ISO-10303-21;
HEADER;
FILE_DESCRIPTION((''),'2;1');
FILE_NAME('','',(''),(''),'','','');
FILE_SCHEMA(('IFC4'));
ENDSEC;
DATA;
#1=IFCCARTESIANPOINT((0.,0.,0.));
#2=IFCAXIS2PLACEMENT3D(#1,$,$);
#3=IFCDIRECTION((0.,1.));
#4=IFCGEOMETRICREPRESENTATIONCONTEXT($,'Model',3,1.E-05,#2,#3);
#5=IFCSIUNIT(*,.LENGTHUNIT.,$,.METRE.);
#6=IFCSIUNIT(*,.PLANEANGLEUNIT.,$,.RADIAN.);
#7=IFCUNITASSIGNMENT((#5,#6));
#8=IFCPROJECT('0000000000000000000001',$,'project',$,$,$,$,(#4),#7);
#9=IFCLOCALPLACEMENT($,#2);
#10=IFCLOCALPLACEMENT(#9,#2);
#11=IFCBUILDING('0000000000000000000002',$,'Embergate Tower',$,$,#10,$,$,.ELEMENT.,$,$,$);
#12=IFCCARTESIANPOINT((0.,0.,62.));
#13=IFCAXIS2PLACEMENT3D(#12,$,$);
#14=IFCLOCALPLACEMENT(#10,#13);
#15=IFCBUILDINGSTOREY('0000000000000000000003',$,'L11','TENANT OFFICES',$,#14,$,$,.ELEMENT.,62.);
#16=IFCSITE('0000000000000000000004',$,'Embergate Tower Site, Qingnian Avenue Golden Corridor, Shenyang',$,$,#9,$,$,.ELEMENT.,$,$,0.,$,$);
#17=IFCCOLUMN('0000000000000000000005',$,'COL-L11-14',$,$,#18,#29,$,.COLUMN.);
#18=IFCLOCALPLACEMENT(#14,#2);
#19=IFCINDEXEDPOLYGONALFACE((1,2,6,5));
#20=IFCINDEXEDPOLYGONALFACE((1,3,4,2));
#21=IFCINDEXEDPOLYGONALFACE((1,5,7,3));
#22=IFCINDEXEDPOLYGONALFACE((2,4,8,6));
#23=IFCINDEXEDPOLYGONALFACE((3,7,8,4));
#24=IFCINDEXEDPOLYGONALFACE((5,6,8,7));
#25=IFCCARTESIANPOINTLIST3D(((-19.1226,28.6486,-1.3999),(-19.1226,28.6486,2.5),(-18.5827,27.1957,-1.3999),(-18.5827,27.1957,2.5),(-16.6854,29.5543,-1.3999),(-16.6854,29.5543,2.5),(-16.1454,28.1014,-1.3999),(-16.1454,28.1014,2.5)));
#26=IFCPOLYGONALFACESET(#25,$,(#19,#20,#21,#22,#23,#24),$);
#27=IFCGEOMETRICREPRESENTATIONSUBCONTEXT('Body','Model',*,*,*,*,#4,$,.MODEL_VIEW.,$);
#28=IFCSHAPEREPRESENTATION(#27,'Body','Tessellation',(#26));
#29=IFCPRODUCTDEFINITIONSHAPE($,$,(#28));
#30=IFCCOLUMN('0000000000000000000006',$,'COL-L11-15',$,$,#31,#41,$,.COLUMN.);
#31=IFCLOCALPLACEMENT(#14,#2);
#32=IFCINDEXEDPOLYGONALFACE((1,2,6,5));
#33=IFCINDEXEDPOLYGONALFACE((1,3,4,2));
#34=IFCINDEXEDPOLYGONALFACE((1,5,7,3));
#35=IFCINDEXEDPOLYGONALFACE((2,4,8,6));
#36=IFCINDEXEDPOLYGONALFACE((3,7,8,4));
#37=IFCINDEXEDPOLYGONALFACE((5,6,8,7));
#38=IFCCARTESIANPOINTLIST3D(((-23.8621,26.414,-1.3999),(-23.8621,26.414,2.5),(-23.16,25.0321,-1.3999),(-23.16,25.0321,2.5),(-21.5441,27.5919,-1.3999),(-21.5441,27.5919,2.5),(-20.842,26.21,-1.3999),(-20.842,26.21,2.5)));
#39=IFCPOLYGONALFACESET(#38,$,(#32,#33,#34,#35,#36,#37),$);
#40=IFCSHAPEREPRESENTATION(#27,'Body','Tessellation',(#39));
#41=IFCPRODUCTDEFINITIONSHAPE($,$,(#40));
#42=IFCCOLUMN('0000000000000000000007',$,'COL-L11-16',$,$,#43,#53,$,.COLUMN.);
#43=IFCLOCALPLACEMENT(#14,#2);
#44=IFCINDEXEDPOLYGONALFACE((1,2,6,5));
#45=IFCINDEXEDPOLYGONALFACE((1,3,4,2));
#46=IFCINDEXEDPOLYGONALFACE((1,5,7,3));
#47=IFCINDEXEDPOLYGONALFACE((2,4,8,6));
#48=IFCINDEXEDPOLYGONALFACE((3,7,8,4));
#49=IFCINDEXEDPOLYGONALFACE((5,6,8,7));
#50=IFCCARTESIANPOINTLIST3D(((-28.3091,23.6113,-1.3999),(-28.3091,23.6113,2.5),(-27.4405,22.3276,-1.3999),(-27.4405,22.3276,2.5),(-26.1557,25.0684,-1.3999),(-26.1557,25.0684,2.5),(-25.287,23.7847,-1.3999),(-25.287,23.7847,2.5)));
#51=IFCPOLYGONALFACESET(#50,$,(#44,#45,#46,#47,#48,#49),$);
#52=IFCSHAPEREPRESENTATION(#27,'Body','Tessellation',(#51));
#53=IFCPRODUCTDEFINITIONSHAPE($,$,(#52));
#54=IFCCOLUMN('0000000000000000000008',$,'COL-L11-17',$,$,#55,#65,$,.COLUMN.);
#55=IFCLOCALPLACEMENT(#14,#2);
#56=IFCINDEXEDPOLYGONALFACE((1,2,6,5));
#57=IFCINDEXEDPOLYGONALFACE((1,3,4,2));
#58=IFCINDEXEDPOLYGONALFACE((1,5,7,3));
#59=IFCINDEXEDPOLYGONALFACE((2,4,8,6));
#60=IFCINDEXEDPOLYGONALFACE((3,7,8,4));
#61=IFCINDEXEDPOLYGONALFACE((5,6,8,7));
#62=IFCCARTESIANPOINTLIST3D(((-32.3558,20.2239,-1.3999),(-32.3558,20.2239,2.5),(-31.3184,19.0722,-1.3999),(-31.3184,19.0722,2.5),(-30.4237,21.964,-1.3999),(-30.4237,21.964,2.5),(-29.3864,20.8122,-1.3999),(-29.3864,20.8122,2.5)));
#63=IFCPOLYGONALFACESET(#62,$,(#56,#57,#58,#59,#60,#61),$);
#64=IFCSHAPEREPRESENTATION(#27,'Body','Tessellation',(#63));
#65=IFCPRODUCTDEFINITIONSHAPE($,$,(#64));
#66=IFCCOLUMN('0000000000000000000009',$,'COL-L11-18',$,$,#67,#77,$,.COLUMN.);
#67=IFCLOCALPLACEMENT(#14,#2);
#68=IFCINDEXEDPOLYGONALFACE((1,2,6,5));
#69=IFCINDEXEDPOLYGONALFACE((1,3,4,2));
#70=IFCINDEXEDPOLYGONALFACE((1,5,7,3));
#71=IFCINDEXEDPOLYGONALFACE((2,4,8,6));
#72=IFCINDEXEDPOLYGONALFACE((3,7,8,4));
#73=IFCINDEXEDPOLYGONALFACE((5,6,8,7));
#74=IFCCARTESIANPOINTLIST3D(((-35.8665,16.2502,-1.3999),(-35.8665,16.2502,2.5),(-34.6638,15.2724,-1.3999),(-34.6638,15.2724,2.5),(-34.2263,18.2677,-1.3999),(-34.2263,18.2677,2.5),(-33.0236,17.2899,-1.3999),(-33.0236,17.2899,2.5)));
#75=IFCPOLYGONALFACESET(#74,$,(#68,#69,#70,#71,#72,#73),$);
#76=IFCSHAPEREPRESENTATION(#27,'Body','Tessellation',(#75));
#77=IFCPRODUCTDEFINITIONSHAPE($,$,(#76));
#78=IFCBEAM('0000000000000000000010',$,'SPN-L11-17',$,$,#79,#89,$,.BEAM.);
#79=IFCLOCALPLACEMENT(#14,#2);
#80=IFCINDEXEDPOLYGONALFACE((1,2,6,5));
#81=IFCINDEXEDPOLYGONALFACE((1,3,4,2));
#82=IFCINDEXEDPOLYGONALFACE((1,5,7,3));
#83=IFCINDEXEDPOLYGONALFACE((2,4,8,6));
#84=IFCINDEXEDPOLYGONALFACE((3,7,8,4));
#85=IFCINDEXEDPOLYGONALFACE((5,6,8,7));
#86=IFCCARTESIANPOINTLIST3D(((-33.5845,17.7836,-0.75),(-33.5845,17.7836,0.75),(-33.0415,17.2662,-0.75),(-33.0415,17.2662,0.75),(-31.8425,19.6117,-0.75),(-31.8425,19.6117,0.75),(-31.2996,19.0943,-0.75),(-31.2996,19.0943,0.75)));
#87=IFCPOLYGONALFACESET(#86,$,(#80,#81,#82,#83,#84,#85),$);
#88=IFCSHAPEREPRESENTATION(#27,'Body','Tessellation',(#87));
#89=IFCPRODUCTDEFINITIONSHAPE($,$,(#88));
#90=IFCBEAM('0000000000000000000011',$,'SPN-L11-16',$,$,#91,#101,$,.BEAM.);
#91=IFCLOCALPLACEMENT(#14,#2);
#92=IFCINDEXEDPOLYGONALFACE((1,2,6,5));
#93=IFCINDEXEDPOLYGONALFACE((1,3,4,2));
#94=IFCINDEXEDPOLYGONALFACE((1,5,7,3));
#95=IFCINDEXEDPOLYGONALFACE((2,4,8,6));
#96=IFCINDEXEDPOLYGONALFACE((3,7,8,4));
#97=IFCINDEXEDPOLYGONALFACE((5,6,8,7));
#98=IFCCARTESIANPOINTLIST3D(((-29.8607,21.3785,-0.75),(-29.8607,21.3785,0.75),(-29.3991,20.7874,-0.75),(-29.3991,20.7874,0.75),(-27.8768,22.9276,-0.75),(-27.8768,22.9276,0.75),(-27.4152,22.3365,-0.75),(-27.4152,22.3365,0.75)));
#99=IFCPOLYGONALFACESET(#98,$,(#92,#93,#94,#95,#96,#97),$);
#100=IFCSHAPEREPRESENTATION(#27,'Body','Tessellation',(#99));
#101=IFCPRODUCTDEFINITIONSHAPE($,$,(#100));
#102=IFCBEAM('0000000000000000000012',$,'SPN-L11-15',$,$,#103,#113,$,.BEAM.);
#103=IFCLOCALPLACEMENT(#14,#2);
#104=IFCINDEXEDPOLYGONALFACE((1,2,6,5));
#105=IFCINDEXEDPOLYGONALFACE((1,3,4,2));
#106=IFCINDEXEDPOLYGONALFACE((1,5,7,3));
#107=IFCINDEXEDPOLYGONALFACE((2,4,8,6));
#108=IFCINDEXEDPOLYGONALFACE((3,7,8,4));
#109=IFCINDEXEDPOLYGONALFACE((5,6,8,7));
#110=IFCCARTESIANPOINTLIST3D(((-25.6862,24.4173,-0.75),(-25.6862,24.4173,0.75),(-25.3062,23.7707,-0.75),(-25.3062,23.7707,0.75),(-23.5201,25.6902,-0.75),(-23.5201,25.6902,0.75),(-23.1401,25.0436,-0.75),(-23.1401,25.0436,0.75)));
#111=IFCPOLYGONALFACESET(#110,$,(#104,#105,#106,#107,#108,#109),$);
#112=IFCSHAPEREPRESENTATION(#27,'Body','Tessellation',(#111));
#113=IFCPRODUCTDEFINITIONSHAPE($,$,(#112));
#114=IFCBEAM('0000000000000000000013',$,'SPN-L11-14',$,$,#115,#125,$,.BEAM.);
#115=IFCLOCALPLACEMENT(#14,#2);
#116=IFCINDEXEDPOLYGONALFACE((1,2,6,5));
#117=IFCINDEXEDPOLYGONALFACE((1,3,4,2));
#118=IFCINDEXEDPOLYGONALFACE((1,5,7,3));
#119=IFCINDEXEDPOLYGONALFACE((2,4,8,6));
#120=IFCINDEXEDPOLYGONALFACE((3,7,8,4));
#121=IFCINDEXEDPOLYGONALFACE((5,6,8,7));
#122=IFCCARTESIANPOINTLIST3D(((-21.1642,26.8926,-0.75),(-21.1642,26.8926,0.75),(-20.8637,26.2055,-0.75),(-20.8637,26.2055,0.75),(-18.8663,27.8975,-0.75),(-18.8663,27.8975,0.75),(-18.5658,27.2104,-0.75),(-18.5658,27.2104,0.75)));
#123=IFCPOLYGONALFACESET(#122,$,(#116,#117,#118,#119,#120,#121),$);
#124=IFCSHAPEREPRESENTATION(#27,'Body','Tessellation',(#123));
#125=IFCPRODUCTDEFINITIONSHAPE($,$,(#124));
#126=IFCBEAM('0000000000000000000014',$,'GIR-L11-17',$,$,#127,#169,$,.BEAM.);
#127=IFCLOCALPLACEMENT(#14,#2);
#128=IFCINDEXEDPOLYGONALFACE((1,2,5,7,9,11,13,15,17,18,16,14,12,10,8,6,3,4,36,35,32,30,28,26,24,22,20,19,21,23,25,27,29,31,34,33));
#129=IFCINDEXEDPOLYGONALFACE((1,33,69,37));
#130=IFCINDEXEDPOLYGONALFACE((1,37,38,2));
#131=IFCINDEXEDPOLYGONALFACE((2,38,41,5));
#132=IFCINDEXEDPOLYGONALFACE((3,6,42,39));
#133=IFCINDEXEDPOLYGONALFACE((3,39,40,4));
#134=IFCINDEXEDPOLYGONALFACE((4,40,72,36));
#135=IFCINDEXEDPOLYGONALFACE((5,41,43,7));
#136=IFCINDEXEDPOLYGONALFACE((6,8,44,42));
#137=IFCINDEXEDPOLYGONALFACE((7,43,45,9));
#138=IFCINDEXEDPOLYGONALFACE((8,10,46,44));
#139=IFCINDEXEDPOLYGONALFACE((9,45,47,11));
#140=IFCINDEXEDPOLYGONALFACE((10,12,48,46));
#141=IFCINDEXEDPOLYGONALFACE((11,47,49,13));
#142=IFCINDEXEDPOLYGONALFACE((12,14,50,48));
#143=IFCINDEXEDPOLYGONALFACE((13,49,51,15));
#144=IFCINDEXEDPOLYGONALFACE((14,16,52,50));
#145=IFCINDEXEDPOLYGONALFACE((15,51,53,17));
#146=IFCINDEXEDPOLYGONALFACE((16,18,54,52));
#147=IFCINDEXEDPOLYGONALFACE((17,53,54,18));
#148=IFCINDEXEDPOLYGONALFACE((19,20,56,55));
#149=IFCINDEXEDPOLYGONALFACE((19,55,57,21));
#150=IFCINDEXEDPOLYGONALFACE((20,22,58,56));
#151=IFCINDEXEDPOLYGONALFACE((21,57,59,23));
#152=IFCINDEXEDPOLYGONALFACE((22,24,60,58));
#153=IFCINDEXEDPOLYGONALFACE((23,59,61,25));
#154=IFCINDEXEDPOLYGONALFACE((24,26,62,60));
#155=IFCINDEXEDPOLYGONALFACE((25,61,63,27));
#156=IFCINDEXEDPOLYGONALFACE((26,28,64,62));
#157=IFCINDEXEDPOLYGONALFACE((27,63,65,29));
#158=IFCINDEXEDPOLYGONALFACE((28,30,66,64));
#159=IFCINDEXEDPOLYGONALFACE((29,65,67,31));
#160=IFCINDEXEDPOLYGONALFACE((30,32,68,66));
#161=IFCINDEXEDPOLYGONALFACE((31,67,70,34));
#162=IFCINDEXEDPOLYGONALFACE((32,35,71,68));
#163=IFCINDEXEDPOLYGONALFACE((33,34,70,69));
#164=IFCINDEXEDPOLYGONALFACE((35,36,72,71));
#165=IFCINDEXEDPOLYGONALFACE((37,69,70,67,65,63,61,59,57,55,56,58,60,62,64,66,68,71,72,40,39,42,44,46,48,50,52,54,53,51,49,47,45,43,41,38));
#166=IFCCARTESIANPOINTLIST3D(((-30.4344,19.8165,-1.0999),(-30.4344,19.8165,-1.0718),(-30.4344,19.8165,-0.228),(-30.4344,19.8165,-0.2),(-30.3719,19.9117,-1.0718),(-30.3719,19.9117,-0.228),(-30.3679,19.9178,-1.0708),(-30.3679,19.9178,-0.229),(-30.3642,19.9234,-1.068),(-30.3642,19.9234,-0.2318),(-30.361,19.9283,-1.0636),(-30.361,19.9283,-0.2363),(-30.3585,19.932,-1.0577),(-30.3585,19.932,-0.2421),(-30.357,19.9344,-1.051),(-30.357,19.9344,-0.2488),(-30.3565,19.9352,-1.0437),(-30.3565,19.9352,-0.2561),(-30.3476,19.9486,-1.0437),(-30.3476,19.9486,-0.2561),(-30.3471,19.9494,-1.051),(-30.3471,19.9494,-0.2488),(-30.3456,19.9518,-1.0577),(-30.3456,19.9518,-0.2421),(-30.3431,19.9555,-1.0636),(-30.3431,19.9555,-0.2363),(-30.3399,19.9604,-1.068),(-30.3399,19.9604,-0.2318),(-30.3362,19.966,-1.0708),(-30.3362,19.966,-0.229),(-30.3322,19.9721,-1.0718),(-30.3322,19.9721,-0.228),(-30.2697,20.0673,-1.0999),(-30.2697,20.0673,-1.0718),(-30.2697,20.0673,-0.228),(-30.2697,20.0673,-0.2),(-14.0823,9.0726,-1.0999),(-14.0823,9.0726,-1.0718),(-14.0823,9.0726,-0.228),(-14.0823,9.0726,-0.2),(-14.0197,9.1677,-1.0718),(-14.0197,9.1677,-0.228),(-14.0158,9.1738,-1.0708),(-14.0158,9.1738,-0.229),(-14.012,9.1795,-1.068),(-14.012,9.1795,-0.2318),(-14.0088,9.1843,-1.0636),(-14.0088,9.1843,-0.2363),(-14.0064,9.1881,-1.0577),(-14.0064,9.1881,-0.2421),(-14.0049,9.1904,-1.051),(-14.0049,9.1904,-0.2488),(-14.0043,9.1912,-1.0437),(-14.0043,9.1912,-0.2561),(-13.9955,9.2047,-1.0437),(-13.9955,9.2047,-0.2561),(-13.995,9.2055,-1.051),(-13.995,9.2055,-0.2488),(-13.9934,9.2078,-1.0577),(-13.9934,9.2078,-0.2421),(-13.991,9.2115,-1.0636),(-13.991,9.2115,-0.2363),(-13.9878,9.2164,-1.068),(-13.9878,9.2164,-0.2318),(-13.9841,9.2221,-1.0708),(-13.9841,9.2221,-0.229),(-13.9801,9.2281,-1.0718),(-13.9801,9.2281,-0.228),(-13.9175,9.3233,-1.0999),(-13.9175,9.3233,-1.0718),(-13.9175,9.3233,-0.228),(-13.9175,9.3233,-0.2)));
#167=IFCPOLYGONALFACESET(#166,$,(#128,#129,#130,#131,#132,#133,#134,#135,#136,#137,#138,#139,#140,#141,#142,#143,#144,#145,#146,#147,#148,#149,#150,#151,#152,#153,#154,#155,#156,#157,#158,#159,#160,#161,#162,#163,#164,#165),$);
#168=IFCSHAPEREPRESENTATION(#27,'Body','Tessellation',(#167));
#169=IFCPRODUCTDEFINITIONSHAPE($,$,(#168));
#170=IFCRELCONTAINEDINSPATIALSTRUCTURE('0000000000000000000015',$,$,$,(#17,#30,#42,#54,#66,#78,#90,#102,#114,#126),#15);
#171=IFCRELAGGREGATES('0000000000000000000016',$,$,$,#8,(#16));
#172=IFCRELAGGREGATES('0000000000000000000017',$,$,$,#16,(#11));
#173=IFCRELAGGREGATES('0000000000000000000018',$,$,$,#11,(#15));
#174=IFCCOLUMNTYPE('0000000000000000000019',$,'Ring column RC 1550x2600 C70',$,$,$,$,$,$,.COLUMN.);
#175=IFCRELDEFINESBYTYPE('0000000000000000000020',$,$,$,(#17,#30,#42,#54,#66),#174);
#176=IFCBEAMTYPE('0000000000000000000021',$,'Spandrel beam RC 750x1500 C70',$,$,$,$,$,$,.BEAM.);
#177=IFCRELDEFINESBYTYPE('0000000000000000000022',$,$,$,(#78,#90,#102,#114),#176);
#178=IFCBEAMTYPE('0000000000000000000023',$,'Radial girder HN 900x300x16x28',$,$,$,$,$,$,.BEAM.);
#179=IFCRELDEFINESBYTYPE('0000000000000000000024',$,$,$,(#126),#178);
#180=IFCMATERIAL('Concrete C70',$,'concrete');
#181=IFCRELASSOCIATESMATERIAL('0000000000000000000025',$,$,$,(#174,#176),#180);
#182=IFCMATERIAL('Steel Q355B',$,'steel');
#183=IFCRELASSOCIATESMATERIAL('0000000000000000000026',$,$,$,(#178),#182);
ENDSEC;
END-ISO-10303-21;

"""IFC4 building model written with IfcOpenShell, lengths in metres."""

from ifc_helpers import new_model, si_unit, direction, frame, origin, origin_2d, place, context, subcontext, project, spatial, rectangle, i_section, extrude, source, transform, mapped, material, material_profile, profile_set, type_object, element, save


model = new_model("IFC4")

# Units and contexts
model_context = context("Model", 3, precision=1e-05, world=origin(), true_north=direction((0.0, 1.0)))
body_context = subcontext(model_context, "Body", "Model", "MODEL_VIEW")
ifc_project = project(units=[si_unit("LENGTHUNIT", "METRE"), si_unit("PLANEANGLEUNIT", "RADIAN")], contexts=[model_context])

# Site, building, storey
site_placement = place(None, origin())
site = spatial("IfcSite", under=ifc_project, at=site_placement, Name="Embergate Tower Site, Qingnian Avenue Golden Corridor, Shenyang", CompositionType="ELEMENT", RefElevation=0.0)
building_placement = place(site_placement, origin())
building = spatial("IfcBuilding", under=site, at=building_placement, Name="Embergate Tower", CompositionType="ELEMENT")
storey_placement = place(building_placement, frame((0.0, 0.0, 62.0)))
storey = spatial("IfcBuildingStorey", under=building, at=storey_placement, Name="L11", Description="TENANT OFFICES", CompositionType="ELEMENT", Elevation=62.0)

# Columns
ifc_material_1 = material(Name="Concrete C70", Category="concrete")
ifc_material_profile_1 = material_profile(ifc_material_1, rectangle(XDim=1.55, YDim=2.6001, at=origin_2d()), Name="RC 1550x2600")
ifc_profile_set_1 = profile_set([ifc_material_profile_1], Name="Concrete C70")
column_type = type_object("IfcColumnType", Name="Ring column RC 1550x2600 C70", PredefinedType="COLUMN", material=ifc_profile_set_1)
shared_shape_1 = source(origin(), body_context, "Body", "SweptSolid", [
    extrude(rectangle(XDim=1.55, YDim=2.6001, at=origin_2d()), origin(), (0.0, 0.0, 1.0), 3.8999),
])
for number, where, z_axis, x_axis, name in (
    (1, (-17.634, 28.375, -1.3999), (0.0, 0.0, 1.0), (-0.348343, 0.937367, 0.0), "COL-L11-14"),
    (2, (-22.3521, 26.312, -1.3999), (0.0, 0.0, 1.0), (-0.453011, 0.891505, 0.0), "COL-L11-15"),
    (3, (-26.7981, 23.698, -1.3999), (0.0, 0.0, 1.0), (-0.560408, 0.828217, 0.0), "COL-L11-16"),
    (4, (-30.8711, 20.5181, -1.3999), (0.0, 0.0, 1.0), (-0.669221, 0.743063, 0.0), "COL-L11-17"),
    (5, (-34.4451, 16.77, -1.3999), (0.0, 0.0, 1.0), (-0.775925, 0.630825, 0.0), "COL-L11-18"),
):
    element("IfcColumn", number, at=place(storey_placement, frame(where, z_axis=z_axis, x_axis=x_axis)), inside=storey, type_object=column_type, Name=name, PredefinedType="COLUMN", context=body_context, shape_type="MappedRepresentation", body=[
        mapped(shared_shape_1, transform((0.0, 0.0, 0.0))),
    ])

# Beams
ifc_material_profile_2 = material_profile(ifc_material_1, rectangle(XDim=0.75, YDim=1.5, at=origin_2d()), Name="RC 750x1500")
ifc_profile_set_2 = profile_set([ifc_material_profile_2], Name="Concrete C70")
beam_type_1 = type_object("IfcBeamType", Name="Spandrel beam RC 750x1500 C70", PredefinedType="BEAM", material=ifc_profile_set_2)
shared_shape_2 = source(origin(), body_context, "Body", "SweptSolid", [
    extrude(rectangle(XDim=0.75, YDim=1.5, at=origin_2d()), origin(), (0.0, 0.0, 1.0), 2.5251),
])
beam_1_placement = place(storey_placement, frame((-31.571, 19.353, 0.0), z_axis=(-0.689836, -0.723965, 0.0), x_axis=(0.723965, -0.689836, 0.0)))
element("IfcBeam", 6, at=beam_1_placement, inside=storey, type_object=beam_type_1, Name="SPN-L11-17", PredefinedType="BEAM", context=body_context, shape_type="MappedRepresentation", body=[
    mapped(shared_shape_2, transform((0.0, 0.0, 0.0))),
])
shared_shape_3 = source(origin(), body_context, "Body", "SweptSolid", [
    extrude(rectangle(XDim=0.75, YDim=1.5, at=origin_2d()), origin(), (0.0, 0.0, 1.0), 2.5171),
])
beam_2_placement = place(storey_placement, frame((-27.646, 22.6321, 0.0), z_axis=(-0.788186, -0.615437, 0.0), x_axis=(0.615437, -0.788186, 0.0)))
element("IfcBeam", 7, at=beam_2_placement, inside=storey, type_object=beam_type_1, Name="SPN-L11-16", PredefinedType="BEAM", context=body_context, shape_type="MappedRepresentation", body=[
    mapped(shared_shape_3, transform((0.0, 0.0, 0.0))),
])
shared_shape_4 = source(origin(), body_context, "Body", "SweptSolid", [
    extrude(rectangle(XDim=0.75, YDim=1.5, at=origin_2d()), origin(), (0.0, 0.0, 1.0), 2.5125),
])
beam_3_placement = place(storey_placement, frame((-23.3301, 25.3669, 0.0), z_axis=(-0.862139, -0.506672, 0.0), x_axis=(0.506672, -0.862139, 0.0)))
element("IfcBeam", 8, at=beam_3_placement, inside=storey, type_object=beam_type_1, Name="SPN-L11-15", PredefinedType="BEAM", context=body_context, shape_type="MappedRepresentation", body=[
    mapped(shared_shape_4, transform((0.0, 0.0, 0.0))),
])
shared_shape_5 = source(origin(), body_context, "Body", "SweptSolid", [
    extrude(rectangle(XDim=0.75, YDim=1.5, at=origin_2d()), origin(), (0.0, 0.0, 1.0), 2.5081),
])
beam_4_placement = place(storey_placement, frame((-18.7161, 27.554, 0.0), z_axis=(-0.91622, -0.400676, 0.0), x_axis=(0.400676, -0.91622, 0.0)))
element("IfcBeam", 9, at=beam_4_placement, inside=storey, type_object=beam_type_1, Name="SPN-L11-14", PredefinedType="BEAM", context=body_context, shape_type="MappedRepresentation", body=[
    mapped(shared_shape_5, transform((0.0, 0.0, 0.0))),
])
ifc_material_2 = material(Name="Steel Q355B", Category="steel")
ifc_material_profile_3 = material_profile(ifc_material_2, i_section(OverallWidth=0.3, OverallDepth=0.8999, WebThickness=0.0161, FlangeThickness=0.0281, FilletRadius=0.0281, at=origin_2d()), Name="HN 900x300x16x28")
ifc_profile_set_3 = profile_set([ifc_material_profile_3], Name="Steel Q355 grade B")
beam_type_2 = type_object("IfcBeamType", Name="Radial girder HN 900x300x16x28", PredefinedType="BEAM", material=ifc_profile_set_3)
shared_shape_6 = source(origin(), body_context, "Body", "SweptSolid", [
    extrude(i_section(OverallWidth=0.3, OverallDepth=0.8999, WebThickness=0.0161, FlangeThickness=0.0281, FilletRadius=0.0281, at=origin_2d()), origin(), (0.0, 0.0, 1.0), 19.5659),
])
beam_5_placement = place(storey_placement, frame((-30.3521, 19.9419, -0.6499), z_axis=(0.835746, -0.549116, 0.0), x_axis=(0.549116, 0.835746, 0.0)))
element("IfcBeam", 10, at=beam_5_placement, inside=storey, type_object=beam_type_2, Name="GIR-L11-17", PredefinedType="BEAM", context=body_context, shape_type="MappedRepresentation", body=[
    mapped(shared_shape_6, transform((0.0, 0.0, 0.0))),
])

save(model, "model.ifc")
